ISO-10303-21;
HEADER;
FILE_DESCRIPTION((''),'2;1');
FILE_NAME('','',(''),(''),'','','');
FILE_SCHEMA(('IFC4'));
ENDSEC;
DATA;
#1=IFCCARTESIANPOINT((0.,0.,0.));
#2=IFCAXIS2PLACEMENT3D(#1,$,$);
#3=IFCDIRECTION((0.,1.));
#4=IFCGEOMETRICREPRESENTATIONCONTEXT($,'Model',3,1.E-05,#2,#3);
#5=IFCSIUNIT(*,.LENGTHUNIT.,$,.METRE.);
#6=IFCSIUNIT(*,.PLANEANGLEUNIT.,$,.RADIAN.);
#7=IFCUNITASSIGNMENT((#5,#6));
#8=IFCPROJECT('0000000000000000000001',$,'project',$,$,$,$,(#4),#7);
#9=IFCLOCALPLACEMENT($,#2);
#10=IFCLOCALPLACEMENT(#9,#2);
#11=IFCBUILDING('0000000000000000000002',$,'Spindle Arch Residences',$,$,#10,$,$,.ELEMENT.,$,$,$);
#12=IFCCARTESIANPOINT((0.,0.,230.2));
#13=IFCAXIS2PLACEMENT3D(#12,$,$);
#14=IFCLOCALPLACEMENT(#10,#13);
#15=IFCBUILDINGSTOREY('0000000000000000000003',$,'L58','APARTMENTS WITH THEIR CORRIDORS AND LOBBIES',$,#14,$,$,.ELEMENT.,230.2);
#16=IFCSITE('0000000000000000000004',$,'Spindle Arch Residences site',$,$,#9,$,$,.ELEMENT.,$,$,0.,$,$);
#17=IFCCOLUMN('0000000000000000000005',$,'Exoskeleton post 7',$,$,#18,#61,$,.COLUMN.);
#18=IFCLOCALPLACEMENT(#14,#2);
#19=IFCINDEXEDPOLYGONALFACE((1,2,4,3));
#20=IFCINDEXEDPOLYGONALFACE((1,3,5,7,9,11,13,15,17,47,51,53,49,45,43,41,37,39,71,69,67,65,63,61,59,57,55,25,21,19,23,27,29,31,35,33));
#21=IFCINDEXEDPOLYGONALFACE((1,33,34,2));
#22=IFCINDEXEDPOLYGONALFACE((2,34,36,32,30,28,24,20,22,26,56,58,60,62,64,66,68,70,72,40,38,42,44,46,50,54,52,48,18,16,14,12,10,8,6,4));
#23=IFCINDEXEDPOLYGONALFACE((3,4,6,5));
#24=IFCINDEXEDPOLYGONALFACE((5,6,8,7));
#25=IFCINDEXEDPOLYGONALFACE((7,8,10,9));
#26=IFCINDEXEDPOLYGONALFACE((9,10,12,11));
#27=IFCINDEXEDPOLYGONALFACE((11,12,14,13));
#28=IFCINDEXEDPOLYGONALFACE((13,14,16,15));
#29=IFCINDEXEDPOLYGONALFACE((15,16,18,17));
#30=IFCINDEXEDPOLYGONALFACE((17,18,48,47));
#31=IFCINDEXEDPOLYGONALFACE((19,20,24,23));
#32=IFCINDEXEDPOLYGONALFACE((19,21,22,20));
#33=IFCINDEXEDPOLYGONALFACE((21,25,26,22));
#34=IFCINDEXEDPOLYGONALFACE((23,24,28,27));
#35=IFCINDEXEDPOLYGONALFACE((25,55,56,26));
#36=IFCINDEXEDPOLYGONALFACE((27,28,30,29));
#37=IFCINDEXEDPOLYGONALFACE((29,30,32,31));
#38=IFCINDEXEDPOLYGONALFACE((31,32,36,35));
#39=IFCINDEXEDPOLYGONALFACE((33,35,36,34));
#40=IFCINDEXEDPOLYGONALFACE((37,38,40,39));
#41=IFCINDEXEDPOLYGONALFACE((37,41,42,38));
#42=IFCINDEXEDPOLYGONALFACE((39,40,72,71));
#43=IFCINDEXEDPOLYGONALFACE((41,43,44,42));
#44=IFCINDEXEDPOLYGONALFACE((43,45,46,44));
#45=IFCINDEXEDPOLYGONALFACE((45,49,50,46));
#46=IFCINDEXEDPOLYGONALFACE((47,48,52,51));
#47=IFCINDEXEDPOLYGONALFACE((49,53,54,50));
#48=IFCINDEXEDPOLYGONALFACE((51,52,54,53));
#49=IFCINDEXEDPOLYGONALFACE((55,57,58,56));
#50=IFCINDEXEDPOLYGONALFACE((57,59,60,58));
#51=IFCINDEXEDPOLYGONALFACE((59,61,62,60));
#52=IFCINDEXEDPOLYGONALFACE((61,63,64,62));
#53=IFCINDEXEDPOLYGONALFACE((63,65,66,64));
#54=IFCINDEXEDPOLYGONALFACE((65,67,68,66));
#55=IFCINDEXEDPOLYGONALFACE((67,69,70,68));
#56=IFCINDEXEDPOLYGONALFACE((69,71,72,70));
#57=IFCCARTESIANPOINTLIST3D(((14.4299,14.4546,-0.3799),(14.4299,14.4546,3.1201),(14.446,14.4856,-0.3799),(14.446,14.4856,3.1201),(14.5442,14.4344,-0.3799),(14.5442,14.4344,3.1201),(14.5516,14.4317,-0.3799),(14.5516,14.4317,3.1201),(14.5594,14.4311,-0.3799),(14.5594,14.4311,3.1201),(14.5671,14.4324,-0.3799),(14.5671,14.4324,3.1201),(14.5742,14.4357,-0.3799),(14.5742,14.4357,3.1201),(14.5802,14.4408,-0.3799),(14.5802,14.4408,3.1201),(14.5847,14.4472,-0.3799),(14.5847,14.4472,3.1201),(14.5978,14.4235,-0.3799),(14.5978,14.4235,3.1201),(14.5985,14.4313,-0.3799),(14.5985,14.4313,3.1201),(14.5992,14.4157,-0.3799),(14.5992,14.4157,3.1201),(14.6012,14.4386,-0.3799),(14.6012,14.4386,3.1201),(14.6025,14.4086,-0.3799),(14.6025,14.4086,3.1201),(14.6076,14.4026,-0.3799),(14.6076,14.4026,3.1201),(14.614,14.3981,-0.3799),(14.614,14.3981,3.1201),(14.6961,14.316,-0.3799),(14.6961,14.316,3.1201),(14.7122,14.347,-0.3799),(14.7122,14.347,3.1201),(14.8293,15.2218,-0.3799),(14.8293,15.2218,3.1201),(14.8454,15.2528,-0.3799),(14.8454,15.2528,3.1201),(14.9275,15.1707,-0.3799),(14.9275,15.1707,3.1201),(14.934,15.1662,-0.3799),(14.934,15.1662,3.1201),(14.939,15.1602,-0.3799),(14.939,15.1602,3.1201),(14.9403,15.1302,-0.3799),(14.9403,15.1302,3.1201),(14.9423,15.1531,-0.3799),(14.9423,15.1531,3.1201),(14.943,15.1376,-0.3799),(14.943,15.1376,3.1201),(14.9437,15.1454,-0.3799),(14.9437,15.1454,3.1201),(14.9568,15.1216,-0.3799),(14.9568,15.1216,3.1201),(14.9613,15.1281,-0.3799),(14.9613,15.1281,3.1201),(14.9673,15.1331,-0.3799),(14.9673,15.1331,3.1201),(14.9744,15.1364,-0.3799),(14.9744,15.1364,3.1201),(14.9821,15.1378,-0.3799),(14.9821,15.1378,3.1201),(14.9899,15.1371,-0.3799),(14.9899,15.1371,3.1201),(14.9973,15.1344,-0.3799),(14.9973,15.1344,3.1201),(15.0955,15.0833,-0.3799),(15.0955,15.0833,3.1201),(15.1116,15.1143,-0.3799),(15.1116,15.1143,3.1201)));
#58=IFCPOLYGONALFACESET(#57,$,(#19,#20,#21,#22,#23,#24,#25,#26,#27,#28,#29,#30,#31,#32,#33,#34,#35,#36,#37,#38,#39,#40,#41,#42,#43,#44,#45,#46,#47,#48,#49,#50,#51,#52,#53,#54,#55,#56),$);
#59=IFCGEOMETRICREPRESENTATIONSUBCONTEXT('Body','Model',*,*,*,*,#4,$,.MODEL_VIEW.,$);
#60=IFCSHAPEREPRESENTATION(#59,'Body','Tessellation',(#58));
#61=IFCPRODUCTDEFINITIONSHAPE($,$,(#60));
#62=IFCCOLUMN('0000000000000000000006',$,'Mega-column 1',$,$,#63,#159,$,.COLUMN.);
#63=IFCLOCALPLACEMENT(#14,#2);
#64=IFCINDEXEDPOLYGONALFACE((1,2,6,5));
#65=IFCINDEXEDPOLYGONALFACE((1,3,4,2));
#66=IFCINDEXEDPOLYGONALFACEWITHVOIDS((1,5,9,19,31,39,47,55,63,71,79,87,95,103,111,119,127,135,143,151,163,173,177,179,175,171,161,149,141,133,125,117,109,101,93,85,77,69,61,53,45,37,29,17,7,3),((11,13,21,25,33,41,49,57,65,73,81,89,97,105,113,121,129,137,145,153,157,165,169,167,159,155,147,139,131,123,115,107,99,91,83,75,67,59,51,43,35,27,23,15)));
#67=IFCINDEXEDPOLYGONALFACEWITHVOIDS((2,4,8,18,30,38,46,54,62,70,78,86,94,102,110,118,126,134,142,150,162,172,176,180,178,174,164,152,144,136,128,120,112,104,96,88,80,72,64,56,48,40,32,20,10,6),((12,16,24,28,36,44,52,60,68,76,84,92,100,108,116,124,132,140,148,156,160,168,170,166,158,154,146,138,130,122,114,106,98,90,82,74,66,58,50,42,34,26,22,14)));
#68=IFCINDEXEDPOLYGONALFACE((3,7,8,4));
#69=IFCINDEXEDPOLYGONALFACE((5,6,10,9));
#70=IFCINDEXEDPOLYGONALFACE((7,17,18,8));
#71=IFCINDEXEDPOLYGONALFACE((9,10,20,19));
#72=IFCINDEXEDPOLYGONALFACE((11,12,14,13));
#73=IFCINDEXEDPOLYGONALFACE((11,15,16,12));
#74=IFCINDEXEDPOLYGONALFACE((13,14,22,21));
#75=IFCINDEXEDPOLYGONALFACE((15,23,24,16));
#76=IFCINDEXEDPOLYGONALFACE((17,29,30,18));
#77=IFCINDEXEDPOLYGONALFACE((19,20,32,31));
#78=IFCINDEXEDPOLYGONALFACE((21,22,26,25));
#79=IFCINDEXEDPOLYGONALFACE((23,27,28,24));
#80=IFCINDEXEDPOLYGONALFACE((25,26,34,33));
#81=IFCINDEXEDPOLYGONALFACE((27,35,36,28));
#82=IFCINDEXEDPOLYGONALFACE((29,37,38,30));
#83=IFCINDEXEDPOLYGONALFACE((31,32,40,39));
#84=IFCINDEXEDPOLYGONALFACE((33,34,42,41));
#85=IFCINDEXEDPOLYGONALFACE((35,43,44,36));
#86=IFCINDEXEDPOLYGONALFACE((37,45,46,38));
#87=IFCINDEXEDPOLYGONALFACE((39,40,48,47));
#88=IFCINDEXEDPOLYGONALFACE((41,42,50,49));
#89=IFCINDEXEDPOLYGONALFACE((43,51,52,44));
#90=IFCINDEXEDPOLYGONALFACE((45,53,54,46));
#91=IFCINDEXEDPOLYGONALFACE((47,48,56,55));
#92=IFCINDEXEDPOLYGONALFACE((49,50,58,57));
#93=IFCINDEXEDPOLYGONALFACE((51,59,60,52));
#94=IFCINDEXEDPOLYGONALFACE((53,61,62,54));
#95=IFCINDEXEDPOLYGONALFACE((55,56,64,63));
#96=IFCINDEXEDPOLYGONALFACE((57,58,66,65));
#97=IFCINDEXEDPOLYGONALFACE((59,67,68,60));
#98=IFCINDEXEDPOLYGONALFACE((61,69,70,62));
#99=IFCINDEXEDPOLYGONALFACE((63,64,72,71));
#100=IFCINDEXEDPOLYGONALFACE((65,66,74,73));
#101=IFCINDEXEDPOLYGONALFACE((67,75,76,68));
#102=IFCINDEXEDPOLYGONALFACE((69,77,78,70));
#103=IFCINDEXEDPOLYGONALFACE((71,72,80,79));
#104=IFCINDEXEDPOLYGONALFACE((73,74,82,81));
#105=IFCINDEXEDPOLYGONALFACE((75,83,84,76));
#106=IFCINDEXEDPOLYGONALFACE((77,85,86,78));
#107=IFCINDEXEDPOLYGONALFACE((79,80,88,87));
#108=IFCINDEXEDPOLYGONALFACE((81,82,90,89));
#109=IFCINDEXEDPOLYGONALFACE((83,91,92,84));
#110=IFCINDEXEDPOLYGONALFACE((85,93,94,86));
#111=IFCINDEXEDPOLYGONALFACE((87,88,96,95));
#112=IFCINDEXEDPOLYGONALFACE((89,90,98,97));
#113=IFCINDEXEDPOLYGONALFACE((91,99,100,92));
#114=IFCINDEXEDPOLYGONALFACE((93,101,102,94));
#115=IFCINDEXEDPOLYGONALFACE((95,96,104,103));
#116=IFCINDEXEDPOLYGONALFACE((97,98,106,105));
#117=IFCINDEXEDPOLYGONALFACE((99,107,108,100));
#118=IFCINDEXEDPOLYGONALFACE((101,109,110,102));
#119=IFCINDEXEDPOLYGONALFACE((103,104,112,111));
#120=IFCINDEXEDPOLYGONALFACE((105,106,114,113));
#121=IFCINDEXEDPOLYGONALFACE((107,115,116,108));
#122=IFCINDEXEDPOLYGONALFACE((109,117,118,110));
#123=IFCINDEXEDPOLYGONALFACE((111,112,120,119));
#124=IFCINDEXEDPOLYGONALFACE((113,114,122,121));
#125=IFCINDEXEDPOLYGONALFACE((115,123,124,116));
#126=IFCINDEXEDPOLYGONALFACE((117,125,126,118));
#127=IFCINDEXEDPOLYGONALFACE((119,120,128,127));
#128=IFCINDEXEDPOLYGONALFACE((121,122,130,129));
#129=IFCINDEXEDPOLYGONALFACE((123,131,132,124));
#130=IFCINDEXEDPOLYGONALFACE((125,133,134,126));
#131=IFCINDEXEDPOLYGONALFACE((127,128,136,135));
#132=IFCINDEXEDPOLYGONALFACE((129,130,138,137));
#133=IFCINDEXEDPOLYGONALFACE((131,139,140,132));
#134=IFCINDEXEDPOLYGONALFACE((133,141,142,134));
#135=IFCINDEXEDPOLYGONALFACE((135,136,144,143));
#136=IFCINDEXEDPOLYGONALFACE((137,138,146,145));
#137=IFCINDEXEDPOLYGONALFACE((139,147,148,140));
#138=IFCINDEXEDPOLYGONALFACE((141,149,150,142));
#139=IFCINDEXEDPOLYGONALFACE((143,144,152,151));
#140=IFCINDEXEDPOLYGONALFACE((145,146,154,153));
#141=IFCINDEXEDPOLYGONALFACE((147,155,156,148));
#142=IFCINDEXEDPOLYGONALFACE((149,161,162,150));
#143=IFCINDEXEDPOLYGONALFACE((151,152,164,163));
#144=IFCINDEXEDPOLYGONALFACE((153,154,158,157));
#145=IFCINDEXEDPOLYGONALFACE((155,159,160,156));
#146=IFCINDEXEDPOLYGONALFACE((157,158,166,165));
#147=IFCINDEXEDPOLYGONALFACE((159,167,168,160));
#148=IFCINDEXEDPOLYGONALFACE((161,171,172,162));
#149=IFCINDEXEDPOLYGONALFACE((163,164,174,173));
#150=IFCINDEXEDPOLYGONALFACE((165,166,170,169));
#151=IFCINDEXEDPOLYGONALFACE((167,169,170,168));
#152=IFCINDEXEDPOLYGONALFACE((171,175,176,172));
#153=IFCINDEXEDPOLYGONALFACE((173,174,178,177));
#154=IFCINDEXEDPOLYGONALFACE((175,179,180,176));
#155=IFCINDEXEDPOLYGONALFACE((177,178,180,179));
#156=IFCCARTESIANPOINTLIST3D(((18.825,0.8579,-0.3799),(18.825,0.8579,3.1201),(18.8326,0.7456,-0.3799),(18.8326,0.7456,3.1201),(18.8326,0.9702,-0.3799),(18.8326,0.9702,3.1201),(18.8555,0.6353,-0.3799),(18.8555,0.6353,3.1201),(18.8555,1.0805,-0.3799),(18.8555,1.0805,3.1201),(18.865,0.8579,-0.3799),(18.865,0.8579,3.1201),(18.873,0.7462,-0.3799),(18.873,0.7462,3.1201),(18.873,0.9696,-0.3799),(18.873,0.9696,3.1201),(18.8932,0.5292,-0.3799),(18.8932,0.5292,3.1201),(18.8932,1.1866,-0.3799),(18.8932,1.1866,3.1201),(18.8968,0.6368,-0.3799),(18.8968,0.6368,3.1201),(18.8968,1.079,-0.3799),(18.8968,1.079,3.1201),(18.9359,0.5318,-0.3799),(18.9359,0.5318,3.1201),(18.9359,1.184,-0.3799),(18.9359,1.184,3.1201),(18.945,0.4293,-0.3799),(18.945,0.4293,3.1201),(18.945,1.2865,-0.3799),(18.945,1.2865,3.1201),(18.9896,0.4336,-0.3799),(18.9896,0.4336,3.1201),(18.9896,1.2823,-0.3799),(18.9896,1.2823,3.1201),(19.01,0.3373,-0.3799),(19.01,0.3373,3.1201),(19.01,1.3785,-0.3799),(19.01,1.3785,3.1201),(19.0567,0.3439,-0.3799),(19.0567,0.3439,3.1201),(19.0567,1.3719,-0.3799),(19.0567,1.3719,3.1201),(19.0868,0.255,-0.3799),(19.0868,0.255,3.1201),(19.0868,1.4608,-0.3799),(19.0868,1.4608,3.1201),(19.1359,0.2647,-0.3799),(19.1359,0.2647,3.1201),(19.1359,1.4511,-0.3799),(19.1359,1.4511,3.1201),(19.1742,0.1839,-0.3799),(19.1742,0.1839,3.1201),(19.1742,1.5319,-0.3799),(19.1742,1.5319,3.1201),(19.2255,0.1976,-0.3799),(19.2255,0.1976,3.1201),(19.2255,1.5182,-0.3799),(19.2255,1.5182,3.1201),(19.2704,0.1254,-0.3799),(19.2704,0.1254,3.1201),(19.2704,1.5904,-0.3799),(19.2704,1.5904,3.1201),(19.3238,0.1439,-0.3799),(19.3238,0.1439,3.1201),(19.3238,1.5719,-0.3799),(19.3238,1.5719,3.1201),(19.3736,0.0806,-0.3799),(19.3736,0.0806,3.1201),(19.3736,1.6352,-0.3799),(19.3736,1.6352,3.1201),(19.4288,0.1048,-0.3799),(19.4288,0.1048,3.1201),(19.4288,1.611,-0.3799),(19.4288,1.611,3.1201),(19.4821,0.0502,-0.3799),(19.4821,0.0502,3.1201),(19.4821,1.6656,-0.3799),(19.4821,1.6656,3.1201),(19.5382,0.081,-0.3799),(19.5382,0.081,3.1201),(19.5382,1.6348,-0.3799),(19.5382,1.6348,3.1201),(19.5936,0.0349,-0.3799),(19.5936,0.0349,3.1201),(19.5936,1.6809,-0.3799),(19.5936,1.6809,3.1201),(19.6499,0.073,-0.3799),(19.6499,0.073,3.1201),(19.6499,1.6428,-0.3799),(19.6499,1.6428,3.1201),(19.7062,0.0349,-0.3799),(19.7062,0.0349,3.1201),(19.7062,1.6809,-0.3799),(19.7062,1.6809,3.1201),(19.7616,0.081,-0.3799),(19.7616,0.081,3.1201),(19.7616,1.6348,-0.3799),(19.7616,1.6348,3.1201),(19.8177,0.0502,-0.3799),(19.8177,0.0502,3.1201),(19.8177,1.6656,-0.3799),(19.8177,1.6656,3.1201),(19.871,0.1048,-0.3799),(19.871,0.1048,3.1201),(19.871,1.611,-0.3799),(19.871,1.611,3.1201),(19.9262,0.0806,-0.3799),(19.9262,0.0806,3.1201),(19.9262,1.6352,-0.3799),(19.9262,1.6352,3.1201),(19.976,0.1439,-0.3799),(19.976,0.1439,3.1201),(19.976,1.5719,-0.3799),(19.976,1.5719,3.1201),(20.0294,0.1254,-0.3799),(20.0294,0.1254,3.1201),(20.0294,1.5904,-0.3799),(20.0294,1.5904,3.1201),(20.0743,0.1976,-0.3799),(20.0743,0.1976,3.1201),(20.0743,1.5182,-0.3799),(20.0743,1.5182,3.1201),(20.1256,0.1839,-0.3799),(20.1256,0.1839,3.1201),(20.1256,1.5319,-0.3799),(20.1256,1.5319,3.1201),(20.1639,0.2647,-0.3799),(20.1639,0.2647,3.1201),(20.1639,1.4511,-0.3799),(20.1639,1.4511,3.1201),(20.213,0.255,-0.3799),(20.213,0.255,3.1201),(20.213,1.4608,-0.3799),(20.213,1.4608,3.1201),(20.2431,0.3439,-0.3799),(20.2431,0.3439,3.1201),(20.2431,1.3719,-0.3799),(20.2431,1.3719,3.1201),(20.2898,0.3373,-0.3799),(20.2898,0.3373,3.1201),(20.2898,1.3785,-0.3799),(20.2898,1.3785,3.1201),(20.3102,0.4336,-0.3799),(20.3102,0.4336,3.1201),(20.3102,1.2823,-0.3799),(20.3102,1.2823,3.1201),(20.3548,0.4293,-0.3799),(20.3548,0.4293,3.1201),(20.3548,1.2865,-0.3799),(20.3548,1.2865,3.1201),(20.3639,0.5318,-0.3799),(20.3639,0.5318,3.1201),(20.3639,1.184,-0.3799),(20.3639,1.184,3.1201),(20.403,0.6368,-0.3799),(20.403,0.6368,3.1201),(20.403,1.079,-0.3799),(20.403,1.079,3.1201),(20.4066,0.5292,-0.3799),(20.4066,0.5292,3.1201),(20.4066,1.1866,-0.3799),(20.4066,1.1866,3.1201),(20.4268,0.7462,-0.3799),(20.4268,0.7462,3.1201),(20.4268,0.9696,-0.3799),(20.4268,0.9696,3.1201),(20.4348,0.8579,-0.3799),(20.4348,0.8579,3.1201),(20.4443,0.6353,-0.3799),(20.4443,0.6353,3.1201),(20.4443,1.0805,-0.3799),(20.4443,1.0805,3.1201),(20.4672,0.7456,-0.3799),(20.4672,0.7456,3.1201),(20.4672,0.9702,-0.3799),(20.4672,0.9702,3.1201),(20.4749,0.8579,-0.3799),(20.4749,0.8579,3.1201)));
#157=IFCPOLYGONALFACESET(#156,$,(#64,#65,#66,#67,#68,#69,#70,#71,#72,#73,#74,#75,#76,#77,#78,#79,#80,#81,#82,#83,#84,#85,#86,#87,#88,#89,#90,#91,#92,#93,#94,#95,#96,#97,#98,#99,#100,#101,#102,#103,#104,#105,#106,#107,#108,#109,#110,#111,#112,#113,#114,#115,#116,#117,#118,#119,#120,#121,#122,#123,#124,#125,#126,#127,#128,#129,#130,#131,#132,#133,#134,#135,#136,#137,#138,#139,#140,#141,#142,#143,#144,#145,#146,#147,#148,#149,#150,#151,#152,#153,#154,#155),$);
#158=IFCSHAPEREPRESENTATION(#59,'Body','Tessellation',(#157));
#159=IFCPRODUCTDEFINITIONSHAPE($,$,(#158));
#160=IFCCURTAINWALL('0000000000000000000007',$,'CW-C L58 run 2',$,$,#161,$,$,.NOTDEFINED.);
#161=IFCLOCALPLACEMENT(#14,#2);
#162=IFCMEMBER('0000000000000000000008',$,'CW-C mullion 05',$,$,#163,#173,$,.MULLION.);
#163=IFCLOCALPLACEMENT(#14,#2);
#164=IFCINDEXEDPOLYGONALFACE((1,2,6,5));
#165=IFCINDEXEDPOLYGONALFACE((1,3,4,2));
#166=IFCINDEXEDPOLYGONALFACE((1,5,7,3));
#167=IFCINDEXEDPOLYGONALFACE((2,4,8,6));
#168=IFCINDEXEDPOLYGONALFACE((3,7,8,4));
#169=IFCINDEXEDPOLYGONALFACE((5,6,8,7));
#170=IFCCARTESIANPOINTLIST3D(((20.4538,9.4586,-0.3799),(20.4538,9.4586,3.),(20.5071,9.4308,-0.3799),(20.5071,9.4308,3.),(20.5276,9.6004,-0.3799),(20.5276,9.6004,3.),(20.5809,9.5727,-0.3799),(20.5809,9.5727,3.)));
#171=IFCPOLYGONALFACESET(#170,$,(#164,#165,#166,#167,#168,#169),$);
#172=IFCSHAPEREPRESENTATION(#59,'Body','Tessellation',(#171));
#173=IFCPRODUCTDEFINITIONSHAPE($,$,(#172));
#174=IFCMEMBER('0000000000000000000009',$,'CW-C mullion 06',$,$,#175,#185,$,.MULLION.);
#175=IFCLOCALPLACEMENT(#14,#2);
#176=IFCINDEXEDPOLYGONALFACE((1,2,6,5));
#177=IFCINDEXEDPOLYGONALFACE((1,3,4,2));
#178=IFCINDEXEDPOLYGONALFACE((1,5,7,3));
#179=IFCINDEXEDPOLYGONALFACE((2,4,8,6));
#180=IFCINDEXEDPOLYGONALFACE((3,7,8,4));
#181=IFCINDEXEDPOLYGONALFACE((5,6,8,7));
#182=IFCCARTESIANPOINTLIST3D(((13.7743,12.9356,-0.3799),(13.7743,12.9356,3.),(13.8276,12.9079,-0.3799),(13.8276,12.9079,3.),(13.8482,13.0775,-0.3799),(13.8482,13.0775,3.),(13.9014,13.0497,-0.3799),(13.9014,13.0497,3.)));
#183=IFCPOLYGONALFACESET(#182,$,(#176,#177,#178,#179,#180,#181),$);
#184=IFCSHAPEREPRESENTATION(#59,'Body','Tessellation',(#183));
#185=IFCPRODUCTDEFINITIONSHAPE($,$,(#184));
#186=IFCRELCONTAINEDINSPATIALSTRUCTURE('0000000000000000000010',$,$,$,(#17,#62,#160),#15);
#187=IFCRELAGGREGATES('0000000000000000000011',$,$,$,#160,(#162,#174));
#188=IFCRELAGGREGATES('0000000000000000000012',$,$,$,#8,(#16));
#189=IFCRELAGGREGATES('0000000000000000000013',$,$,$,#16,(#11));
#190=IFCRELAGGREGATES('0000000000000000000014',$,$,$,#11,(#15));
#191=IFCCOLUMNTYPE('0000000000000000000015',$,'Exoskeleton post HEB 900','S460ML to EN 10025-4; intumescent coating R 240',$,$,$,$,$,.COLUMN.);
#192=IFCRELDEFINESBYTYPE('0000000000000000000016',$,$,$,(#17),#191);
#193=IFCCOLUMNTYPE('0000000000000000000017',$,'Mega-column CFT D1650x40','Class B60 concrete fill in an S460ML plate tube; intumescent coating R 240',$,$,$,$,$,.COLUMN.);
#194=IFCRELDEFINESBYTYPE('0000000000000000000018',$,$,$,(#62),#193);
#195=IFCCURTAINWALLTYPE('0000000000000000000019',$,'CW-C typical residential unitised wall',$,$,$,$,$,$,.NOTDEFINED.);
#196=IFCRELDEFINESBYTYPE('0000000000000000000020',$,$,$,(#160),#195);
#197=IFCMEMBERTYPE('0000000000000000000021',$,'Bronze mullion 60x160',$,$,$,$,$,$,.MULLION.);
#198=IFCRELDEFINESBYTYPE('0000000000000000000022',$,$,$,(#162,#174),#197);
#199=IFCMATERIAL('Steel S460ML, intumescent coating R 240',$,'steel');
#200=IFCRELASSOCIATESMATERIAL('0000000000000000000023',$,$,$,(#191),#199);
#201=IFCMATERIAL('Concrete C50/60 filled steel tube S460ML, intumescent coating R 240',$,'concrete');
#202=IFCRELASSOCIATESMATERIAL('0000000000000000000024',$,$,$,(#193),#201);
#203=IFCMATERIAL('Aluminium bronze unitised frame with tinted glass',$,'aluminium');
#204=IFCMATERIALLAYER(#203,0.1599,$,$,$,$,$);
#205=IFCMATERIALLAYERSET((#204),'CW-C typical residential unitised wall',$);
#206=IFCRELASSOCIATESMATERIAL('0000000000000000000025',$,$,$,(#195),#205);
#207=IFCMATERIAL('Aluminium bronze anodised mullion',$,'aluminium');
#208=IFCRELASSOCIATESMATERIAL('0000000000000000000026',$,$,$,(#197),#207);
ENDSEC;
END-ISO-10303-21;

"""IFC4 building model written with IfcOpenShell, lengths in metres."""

from ifc_helpers import new_model, si_unit, direction, frame, origin, origin_2d, place, context, subcontext, project, spatial, rectangle, hollow_circle, i_section, extrude, material, layer, layer_set, material_profile, profile_set, type_object, element, aggregate, save


model = new_model("IFC4")

# Units and contexts
model_context = context("Model", 3, precision=1e-05, world=origin(), true_north=direction((0.0, 1.0)))
body_context = subcontext(model_context, "Body", "Model", "MODEL_VIEW")
ifc_project = project(units=[si_unit("LENGTHUNIT", "METRE"), si_unit("PLANEANGLEUNIT", "RADIAN")], contexts=[model_context])

# Site, building, storey
site_placement = place(None, origin())
site = spatial("IfcSite", under=ifc_project, at=site_placement, Name="Spindle Arch Residences site", CompositionType="ELEMENT", RefElevation=0.0)
building_placement = place(site_placement, origin())
building = spatial("IfcBuilding", under=site, at=building_placement, Name="Spindle Arch Residences", CompositionType="ELEMENT")
storey_placement = place(building_placement, frame((0.0, 0.0, 230.2)))
storey = spatial("IfcBuildingStorey", under=building, at=storey_placement, Name="L58", Description="APARTMENTS WITH THEIR CORRIDORS AND LOBBIES", CompositionType="ELEMENT", Elevation=230.2)

# Columns
ifc_material_1 = material(Name="Steel S460ML, intumescent coating R 240", Category="steel")
ifc_material_profile_1 = material_profile(ifc_material_1, i_section(OverallWidth=0.3, OverallDepth=0.8999, WebThickness=0.0186, FlangeThickness=0.0349, FilletRadius=0.03, at=origin_2d()), Name="HEB 900")
ifc_profile_set_1 = profile_set([ifc_material_profile_1], Name="Steel S460ML, intumescent coating R 240")
column_type_1 = type_object("IfcColumnType", Name="Exoskeleton post HEB 900", Description="S460ML to EN 10025-4; intumescent coating R 240", PredefinedType="COLUMN", material=ifc_profile_set_1)
column_1_placement = place(storey_placement, frame((14.7708, 14.7844, -0.3799), z_axis=(0.0, 0.0, 1.0), x_axis=(0.887011, -0.461749, 0.0)))
element("IfcColumn", 1, at=column_1_placement, inside=storey, type_object=column_type_1, Name="Exoskeleton post 7", PredefinedType="COLUMN", context=body_context, shape_type="SweptSolid", body=[
    extrude(i_section(OverallWidth=0.3, OverallDepth=0.8999, WebThickness=0.0186, FlangeThickness=0.0349, FilletRadius=0.03, at=origin_2d()), origin(), (0.0, 0.0, 1.0), 3.5),
])
ifc_material_2 = material(Name="Concrete C50/60 filled steel tube S460ML, intumescent coating R 240", Category="concrete")
ifc_material_profile_2 = material_profile(ifc_material_2, hollow_circle(Radius=0.825, WallThickness=0.04, at=origin_2d()), Name="CFT D1650x40")
ifc_profile_set_2 = profile_set([ifc_material_profile_2], Name="Concrete C50/60 filled steel tube S460ML, intumescent coating R 240")
column_type_2 = type_object("IfcColumnType", Name="Mega-column CFT D1650x40", Description="Class B60 concrete fill in an S460ML plate tube; intumescent coating R 240", PredefinedType="COLUMN", material=ifc_profile_set_2)
column_2_placement = place(storey_placement, frame((19.6499, 0.8579, -0.3799), z_axis=(0.0, 0.0, 1.0), x_axis=(1.0, 0.0, 0.0)))
element("IfcColumn", 2, at=column_2_placement, inside=storey, type_object=column_type_2, Name="Mega-column 1", PredefinedType="COLUMN", context=body_context, shape_type="SweptSolid", body=[
    extrude(hollow_circle(Radius=0.825, WallThickness=0.04, at=origin_2d()), origin(), (0.0, 0.0, 1.0), 3.5),
])

# Curtain wall, members
ifc_material_3 = material(Name="Aluminium bronze unitised frame with tinted glass", Category="aluminium")
ifc_layer_1 = layer(ifc_material_3, 0.1599)
ifc_layer_set_1 = layer_set([ifc_layer_1], Name="CW-C typical residential unitised wall")
curtain_wall_type = type_object("IfcCurtainWallType", Name="CW-C typical residential unitised wall", PredefinedType="NOTDEFINED", material=ifc_layer_set_1)
curtain_wall_placement = place(storey_placement, origin())
curtain_wall = element("IfcCurtainWall", 3, at=curtain_wall_placement, inside=storey, type_object=curtain_wall_type, Name="CW-C L58 run 2", PredefinedType="NOTDEFINED")
ifc_material_4 = material(Name="Aluminium bronze anodised mullion", Category="aluminium")
ifc_material_profile_3 = material_profile(ifc_material_4, rectangle(XDim=0.1599, YDim=0.0601, at=origin_2d()), Name="MU 60x160")
ifc_profile_set_3 = profile_set([ifc_material_profile_3], Name="Aluminium bronze anodised mullion")
member_type_1 = type_object("IfcMemberType", Name="Bronze mullion 60x160", PredefinedType="MULLION", material=ifc_profile_set_3)
member_1_placement = place(storey_placement, frame((20.5173, 9.5156, -0.3799), z_axis=(0.0, 0.0, 1.0), x_axis=(-0.461749, -0.887011, 0.0)))
member_1 = element("IfcMember", 4, at=member_1_placement, type_object=member_type_1, Name="CW-C mullion 05", PredefinedType="MULLION", context=body_context, shape_type="SweptSolid", body=[
    extrude(rectangle(XDim=0.1599, YDim=0.0601, at=origin_2d()), origin(), (0.0, 0.0, 1.0), 3.3799),
])
member_2_placement = place(storey_placement, frame((13.8379, 12.9927, -0.3799), z_axis=(0.0, 0.0, 1.0), x_axis=(-0.461749, -0.887011, 0.0)))
member_2 = element("IfcMember", 5, at=member_2_placement, type_object=member_type_1, Name="CW-C mullion 06", PredefinedType="MULLION", context=body_context, shape_type="SweptSolid", body=[
    extrude(rectangle(XDim=0.1599, YDim=0.0601, at=origin_2d()), origin(), (0.0, 0.0, 1.0), 3.3799),
])

aggregate(curtain_wall, [member_1, member_2])

save(model, "model.ifc")
